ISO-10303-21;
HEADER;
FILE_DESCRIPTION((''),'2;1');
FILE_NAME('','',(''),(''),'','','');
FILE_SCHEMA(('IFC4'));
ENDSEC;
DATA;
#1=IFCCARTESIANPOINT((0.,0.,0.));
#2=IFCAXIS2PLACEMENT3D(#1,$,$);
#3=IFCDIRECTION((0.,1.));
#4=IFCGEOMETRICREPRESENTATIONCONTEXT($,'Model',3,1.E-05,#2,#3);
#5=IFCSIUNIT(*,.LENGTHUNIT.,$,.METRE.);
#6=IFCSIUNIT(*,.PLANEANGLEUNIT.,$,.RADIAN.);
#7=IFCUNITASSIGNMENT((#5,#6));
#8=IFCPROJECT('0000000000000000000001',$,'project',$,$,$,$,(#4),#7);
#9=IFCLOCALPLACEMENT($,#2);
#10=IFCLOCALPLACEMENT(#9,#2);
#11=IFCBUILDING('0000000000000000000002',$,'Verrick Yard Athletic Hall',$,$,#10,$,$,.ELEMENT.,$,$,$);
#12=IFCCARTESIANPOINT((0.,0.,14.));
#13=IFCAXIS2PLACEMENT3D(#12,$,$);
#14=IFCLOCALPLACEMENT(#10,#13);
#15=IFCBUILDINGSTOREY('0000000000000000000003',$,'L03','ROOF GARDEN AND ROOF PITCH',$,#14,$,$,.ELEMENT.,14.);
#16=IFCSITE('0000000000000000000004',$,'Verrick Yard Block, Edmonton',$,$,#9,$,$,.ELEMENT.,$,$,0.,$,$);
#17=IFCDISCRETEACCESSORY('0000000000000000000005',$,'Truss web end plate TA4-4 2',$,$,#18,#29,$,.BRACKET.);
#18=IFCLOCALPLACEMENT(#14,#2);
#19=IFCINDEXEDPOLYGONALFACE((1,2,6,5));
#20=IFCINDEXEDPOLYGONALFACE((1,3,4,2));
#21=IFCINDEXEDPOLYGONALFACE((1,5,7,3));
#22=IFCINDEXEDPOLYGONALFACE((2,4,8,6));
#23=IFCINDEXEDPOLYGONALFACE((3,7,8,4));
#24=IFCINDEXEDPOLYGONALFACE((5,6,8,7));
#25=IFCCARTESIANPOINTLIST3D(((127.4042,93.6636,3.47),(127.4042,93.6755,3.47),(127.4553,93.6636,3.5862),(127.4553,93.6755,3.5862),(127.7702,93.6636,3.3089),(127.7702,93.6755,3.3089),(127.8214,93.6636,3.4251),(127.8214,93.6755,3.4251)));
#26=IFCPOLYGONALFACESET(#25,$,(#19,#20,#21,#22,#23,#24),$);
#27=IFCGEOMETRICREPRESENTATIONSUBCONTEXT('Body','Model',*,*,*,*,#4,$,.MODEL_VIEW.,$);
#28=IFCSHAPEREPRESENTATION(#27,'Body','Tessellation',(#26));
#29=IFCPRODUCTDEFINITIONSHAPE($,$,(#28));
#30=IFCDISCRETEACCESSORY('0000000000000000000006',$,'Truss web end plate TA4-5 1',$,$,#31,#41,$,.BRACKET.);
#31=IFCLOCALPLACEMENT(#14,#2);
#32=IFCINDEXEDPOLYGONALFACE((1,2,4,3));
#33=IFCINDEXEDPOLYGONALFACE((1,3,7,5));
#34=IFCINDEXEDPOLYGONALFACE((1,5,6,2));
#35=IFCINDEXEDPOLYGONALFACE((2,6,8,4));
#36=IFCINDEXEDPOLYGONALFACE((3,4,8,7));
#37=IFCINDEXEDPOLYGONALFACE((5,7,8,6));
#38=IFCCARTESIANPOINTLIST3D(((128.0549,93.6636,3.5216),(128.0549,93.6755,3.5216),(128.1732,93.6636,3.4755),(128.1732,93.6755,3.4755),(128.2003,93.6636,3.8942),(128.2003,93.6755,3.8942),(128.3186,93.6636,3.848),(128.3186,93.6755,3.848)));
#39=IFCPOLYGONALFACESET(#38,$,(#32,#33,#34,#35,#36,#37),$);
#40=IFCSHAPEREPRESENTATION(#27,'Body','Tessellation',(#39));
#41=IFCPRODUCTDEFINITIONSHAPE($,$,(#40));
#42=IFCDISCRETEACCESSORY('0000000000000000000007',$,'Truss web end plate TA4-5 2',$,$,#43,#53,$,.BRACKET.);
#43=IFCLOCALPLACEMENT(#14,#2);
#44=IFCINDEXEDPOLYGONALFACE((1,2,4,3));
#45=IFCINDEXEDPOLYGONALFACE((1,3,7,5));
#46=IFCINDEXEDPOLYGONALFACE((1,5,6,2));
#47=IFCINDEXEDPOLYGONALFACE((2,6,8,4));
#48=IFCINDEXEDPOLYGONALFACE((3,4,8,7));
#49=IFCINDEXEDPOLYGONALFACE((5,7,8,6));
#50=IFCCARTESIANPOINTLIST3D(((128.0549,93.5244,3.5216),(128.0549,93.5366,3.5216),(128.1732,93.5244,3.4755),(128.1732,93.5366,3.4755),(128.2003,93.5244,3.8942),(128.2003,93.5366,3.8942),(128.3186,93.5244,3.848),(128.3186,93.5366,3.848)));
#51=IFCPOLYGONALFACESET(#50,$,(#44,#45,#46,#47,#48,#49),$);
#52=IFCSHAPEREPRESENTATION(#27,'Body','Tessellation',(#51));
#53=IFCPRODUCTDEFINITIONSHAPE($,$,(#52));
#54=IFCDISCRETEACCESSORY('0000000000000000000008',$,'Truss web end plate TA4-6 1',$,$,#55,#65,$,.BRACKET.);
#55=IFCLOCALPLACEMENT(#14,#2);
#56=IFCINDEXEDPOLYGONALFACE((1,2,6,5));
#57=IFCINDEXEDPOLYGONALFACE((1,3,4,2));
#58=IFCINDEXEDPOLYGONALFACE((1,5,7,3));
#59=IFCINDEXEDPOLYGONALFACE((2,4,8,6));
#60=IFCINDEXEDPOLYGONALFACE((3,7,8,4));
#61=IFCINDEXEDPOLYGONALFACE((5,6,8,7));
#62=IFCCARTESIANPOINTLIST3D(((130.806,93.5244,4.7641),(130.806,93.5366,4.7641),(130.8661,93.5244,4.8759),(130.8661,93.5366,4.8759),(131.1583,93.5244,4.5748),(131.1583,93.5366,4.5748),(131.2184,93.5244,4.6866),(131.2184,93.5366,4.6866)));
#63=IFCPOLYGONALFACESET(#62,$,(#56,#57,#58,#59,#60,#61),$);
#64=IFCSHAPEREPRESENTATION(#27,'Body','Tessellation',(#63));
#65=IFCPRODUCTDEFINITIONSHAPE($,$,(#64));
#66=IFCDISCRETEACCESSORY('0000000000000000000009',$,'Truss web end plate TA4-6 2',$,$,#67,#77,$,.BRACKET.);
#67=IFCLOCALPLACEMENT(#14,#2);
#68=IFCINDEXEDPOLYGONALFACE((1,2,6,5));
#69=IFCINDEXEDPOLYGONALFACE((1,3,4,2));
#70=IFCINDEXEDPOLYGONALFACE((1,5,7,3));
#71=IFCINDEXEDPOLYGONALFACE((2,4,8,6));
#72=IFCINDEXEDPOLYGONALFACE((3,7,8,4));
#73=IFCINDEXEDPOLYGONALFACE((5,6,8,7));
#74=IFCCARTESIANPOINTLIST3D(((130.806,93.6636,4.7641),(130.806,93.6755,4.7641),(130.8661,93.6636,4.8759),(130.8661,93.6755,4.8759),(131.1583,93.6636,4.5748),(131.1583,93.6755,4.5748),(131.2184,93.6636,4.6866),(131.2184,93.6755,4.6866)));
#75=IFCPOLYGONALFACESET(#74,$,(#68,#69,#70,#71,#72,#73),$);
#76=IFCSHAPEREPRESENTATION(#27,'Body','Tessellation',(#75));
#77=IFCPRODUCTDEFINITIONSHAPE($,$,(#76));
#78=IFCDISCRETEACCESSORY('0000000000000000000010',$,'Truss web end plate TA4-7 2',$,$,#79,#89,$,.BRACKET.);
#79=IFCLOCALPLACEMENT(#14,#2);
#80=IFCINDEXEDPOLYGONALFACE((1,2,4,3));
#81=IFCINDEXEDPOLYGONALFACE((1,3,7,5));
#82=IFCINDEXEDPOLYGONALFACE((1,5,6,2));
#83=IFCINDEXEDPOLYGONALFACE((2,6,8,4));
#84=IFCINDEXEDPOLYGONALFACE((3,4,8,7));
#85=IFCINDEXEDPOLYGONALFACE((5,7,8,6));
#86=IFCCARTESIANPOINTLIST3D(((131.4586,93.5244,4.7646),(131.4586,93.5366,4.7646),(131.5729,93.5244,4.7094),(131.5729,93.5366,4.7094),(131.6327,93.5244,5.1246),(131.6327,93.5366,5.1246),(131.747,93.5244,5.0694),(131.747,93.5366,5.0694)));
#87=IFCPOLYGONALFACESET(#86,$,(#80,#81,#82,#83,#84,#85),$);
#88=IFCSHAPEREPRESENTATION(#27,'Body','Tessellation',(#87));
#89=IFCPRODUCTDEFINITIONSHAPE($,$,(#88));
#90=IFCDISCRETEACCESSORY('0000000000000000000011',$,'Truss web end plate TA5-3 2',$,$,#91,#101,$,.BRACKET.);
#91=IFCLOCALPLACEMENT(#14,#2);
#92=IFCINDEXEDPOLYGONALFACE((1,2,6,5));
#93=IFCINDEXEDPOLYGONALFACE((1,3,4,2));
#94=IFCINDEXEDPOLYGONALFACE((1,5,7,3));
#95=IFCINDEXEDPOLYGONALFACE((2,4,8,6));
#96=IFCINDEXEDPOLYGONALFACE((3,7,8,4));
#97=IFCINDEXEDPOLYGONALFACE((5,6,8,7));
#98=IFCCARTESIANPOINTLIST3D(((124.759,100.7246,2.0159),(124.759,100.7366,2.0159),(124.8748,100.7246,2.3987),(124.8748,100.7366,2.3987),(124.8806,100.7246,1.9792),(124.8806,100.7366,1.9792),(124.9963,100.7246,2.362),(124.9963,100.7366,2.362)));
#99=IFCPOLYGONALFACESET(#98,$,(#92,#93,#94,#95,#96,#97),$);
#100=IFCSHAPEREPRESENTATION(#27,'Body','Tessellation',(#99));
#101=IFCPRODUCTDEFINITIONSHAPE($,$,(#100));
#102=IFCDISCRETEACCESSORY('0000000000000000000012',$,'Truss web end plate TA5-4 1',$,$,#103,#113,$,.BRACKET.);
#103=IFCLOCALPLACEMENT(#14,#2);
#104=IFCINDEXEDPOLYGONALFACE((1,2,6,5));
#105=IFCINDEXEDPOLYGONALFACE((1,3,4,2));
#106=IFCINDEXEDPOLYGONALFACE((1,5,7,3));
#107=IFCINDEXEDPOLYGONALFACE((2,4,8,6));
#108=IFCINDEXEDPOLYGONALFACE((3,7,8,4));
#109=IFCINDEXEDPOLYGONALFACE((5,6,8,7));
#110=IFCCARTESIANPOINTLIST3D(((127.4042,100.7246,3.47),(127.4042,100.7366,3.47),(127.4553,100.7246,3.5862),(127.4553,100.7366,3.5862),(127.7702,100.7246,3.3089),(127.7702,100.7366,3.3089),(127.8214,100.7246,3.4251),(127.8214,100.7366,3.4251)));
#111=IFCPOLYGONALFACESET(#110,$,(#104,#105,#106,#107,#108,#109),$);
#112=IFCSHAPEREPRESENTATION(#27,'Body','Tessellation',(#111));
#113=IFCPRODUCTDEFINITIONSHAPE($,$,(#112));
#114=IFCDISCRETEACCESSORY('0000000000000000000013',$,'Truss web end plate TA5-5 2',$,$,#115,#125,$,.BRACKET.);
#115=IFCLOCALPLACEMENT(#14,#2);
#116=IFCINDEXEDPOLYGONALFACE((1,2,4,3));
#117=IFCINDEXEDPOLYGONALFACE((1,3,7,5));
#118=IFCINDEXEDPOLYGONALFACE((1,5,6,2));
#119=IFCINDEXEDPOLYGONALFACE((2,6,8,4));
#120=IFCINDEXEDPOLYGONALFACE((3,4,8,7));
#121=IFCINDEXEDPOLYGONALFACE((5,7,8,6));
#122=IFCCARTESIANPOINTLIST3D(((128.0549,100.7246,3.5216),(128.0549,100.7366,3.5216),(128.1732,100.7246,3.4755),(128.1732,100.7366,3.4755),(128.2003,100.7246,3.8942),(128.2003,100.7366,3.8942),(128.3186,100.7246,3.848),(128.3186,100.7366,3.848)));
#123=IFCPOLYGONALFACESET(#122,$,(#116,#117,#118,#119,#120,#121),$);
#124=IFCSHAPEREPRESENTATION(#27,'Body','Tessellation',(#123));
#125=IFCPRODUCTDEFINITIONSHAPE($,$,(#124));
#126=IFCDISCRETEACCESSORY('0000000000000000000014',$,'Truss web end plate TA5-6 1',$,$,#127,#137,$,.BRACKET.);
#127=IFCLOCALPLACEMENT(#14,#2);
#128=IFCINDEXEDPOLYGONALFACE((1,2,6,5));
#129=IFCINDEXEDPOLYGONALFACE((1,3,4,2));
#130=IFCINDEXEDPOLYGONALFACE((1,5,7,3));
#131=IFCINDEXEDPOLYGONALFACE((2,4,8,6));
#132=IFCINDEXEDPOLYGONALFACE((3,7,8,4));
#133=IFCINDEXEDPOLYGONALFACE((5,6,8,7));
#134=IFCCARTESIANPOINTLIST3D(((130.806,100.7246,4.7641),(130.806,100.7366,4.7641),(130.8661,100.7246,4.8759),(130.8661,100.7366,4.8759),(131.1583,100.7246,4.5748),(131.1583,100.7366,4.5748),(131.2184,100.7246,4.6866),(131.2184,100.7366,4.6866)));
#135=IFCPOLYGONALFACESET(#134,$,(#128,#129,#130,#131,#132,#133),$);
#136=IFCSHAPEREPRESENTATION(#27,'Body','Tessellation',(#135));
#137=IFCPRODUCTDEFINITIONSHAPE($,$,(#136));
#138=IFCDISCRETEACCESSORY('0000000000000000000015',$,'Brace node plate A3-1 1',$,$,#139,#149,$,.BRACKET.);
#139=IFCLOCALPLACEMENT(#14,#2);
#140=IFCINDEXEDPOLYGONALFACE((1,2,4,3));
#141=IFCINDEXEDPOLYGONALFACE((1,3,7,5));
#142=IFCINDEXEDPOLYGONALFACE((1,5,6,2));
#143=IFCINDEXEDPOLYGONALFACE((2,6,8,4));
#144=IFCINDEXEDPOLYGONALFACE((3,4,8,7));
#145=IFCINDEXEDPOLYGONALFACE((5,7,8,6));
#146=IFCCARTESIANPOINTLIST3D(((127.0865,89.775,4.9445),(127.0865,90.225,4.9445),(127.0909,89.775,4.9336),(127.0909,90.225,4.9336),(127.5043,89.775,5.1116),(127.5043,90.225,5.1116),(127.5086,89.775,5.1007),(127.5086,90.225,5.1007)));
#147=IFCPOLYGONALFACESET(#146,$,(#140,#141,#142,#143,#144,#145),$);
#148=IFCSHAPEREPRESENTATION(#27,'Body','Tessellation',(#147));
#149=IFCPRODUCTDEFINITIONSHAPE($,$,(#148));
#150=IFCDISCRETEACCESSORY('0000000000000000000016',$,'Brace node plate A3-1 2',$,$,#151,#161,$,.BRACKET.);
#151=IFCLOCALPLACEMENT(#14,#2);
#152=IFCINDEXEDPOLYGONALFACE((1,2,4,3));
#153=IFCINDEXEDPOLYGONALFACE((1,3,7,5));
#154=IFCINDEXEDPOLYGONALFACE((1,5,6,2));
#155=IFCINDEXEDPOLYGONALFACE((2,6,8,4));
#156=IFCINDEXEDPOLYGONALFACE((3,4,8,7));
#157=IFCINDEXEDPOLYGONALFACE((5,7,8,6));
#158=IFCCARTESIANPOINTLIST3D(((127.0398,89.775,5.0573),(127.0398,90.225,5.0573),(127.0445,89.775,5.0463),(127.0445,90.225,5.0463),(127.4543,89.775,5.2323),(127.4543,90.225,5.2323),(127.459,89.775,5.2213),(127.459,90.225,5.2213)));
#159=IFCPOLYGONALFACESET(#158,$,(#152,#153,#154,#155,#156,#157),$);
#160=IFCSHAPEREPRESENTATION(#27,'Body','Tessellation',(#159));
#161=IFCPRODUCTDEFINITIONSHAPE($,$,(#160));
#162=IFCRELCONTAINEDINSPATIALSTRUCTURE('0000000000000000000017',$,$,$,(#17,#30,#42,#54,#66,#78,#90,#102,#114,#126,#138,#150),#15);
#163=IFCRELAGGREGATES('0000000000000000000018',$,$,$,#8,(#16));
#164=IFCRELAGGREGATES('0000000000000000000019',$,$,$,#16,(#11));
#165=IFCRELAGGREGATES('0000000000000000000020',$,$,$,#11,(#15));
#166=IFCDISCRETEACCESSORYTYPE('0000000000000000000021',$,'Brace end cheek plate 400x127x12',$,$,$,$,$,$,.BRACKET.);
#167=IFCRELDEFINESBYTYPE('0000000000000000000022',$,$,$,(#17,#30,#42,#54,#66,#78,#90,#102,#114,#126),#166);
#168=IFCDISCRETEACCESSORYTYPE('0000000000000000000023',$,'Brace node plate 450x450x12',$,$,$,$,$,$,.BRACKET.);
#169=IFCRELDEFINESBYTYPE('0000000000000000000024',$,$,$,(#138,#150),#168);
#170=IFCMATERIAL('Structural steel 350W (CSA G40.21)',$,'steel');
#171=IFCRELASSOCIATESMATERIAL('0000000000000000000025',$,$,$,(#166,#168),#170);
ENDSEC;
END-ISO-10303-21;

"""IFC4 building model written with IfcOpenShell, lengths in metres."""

from ifc_helpers import new_model, si_unit, direction, frame, origin, origin_2d, place, context, subcontext, project, spatial, rectangle, extrude, material, material_profile, profile_set, type_object, element, save


model = new_model("IFC4")

# Units and contexts
model_context = context("Model", 3, precision=1e-05, world=origin(), true_north=direction((0.0, 1.0)))
body_context = subcontext(model_context, "Body", "Model", "MODEL_VIEW")
ifc_project = project(units=[si_unit("LENGTHUNIT", "METRE"), si_unit("PLANEANGLEUNIT", "RADIAN")], contexts=[model_context])

# Site, building, storey
site_placement = place(None, origin())
site = spatial("IfcSite", under=ifc_project, at=site_placement, Name="Verrick Yard Block, Edmonton", CompositionType="ELEMENT", RefElevation=0.0)
building_placement = place(site_placement, origin())
building = spatial("IfcBuilding", under=site, at=building_placement, Name="Verrick Yard Athletic Hall", CompositionType="ELEMENT")
storey_placement = place(building_placement, frame((0.0, 0.0, 14.0)))
storey = spatial("IfcBuildingStorey", under=building, at=storey_placement, Name="L03", Description="ROOF GARDEN AND ROOF PITCH", CompositionType="ELEMENT", Elevation=14.0)

# Discrete accessories
ifc_material_1 = material(Name="Structural steel 350W (CSA G40.21)", Category="steel")
ifc_material_profile_1 = material_profile(ifc_material_1, rectangle(XDim=0.3999, YDim=0.127, at=origin_2d()), Name="Brace end cheek plate")
ifc_profile_set_1 = profile_set([ifc_material_profile_1], Name="Structural steel 350W (CSA G40.21)")
discrete_accessory_type_1 = type_object("IfcDiscreteAccessoryType", Name="Brace end cheek plate 400x127x12", PredefinedType="BRACKET", material=ifc_profile_set_1)
for number, where, z_axis, x_axis, name in (
    (1, (127.6128, 93.6636, 3.4475), (0.0, 1.0, 0.0), (-0.915285, 0.0, 0.402806), "Truss web end plate TA4-4 2"),
    (2, (128.1868, 93.6636, 3.6848), (0.0, 1.0, 0.0), (0.363563, 0.0, 0.93157), "Truss web end plate TA4-5 1"),
):
    element("IfcDiscreteAccessory", number, at=place(storey_placement, frame(where, z_axis=z_axis, x_axis=x_axis)), inside=storey, type_object=discrete_accessory_type_1, Name=name, PredefinedType="BRACKET", context=body_context, shape_type="SweptSolid", body=[
        extrude(rectangle(XDim=0.3999, YDim=0.127, at=origin_2d()), origin(), (0.0, 0.0, 1.0), 0.012),
    ])
for number, where, z_axis, x_axis, name in (
    (3, (128.1868, 93.5366, 3.6848), (0.0, -1.0, 0.0), (0.363563, 0.0, 0.93157), "Truss web end plate TA4-5 2"),
    (4, (131.0122, 93.5366, 4.7253), (0.0, -1.0, 0.0), (-0.88092, 0.0, 0.473265), "Truss web end plate TA4-6 1"),
):
    element("IfcDiscreteAccessory", number, at=place(storey_placement, frame(where, z_axis=z_axis, x_axis=x_axis)), inside=storey, type_object=discrete_accessory_type_1, Name=name, PredefinedType="BRACKET", context=body_context, shape_type="SweptSolid", body=[
        extrude(rectangle(XDim=0.3999, YDim=0.127, at=origin_2d()), origin(), (0.0, 0.0, 1.0), 0.0122),
    ])
discrete_accessory_1_placement = place(storey_placement, frame((131.0122, 93.6636, 4.7253), z_axis=(0.0, 1.0, 0.0), x_axis=(-0.88092, 0.0, 0.473265)))
element("IfcDiscreteAccessory", 5, at=discrete_accessory_1_placement, inside=storey, type_object=discrete_accessory_type_1, Name="Truss web end plate TA4-6 2", PredefinedType="BRACKET", context=body_context, shape_type="SweptSolid", body=[
    extrude(rectangle(XDim=0.3999, YDim=0.127, at=origin_2d()), origin(), (0.0, 0.0, 1.0), 0.012),
])
discrete_accessory_2_placement = place(storey_placement, frame((131.6028, 93.5366, 4.917), z_axis=(0.0, -1.0, 0.0), x_axis=(0.435417, 0.0, 0.900229)))
element("IfcDiscreteAccessory", 6, at=discrete_accessory_2_placement, inside=storey, type_object=discrete_accessory_type_1, Name="Truss web end plate TA4-7 2", PredefinedType="BRACKET", context=body_context, shape_type="SweptSolid", body=[
    extrude(rectangle(XDim=0.3999, YDim=0.127, at=origin_2d()), origin(), (0.0, 0.0, 1.0), 0.0122),
])
for number, where, z_axis, x_axis, name in (
    (7, (124.8777, 100.7366, 2.189), (0.0, -1.0, 0.0), (0.289473, 0.0, 0.957186), "Truss web end plate TA5-3 2"),
    (8, (127.6128, 100.7366, 3.4475), (0.0, -1.0, 0.0), (-0.915285, 0.0, 0.402806), "Truss web end plate TA5-4 1"),
    (9, (128.1868, 100.7366, 3.6848), (0.0, -1.0, 0.0), (0.363563, 0.0, 0.93157), "Truss web end plate TA5-5 2"),
    (10, (131.0122, 100.7366, 4.7253), (0.0, -1.0, 0.0), (-0.88092, 0.0, 0.473265), "Truss web end plate TA5-6 1"),
):
    element("IfcDiscreteAccessory", number, at=place(storey_placement, frame(where, z_axis=z_axis, x_axis=x_axis)), inside=storey, type_object=discrete_accessory_type_1, Name=name, PredefinedType="BRACKET", context=body_context, shape_type="SweptSolid", body=[
        extrude(rectangle(XDim=0.3999, YDim=0.127, at=origin_2d()), origin(), (0.0, 0.0, 1.0), 0.012),
    ])
ifc_material_profile_2 = material_profile(ifc_material_1, rectangle(XDim=0.45, YDim=0.45, at=origin_2d()), Name="Brace node plate")
ifc_profile_set_2 = profile_set([ifc_material_profile_2], Name="Structural steel 350W (CSA G40.21)")
discrete_accessory_type_2 = type_object("IfcDiscreteAccessoryType", Name="Brace node plate 450x450x12", PredefinedType="BRACKET", material=ifc_profile_set_2)
discrete_accessory_3_placement = place(storey_placement, frame((127.2954, 90.0, 5.0281), z_axis=(0.371391, 0.0, -0.928477), x_axis=(0.0, 1.0, 0.0)))
element("IfcDiscreteAccessory", 11, at=discrete_accessory_3_placement, inside=storey, type_object=discrete_accessory_type_2, Name="Brace node plate A3-1 1", PredefinedType="BRACKET", context=body_context, shape_type="SweptSolid", body=[
    extrude(rectangle(XDim=0.45, YDim=0.45, at=origin_2d()), origin(), (0.0, 0.0, 1.0), 0.0117),
])
discrete_accessory_4_placement = place(storey_placement, frame((127.2517, 90.0, 5.1338), z_axis=(-0.388972, 0.0, 0.92125), x_axis=(0.0, -1.0, 0.0)))
element("IfcDiscreteAccessory", 12, at=discrete_accessory_4_placement, inside=storey, type_object=discrete_accessory_type_2, Name="Brace node plate A3-1 2", PredefinedType="BRACKET", context=body_context, shape_type="SweptSolid", body=[
    extrude(rectangle(XDim=0.45, YDim=0.45, at=origin_2d()), origin(), (0.0, 0.0, 1.0), 0.012),
])

save(model, "model.ifc")
